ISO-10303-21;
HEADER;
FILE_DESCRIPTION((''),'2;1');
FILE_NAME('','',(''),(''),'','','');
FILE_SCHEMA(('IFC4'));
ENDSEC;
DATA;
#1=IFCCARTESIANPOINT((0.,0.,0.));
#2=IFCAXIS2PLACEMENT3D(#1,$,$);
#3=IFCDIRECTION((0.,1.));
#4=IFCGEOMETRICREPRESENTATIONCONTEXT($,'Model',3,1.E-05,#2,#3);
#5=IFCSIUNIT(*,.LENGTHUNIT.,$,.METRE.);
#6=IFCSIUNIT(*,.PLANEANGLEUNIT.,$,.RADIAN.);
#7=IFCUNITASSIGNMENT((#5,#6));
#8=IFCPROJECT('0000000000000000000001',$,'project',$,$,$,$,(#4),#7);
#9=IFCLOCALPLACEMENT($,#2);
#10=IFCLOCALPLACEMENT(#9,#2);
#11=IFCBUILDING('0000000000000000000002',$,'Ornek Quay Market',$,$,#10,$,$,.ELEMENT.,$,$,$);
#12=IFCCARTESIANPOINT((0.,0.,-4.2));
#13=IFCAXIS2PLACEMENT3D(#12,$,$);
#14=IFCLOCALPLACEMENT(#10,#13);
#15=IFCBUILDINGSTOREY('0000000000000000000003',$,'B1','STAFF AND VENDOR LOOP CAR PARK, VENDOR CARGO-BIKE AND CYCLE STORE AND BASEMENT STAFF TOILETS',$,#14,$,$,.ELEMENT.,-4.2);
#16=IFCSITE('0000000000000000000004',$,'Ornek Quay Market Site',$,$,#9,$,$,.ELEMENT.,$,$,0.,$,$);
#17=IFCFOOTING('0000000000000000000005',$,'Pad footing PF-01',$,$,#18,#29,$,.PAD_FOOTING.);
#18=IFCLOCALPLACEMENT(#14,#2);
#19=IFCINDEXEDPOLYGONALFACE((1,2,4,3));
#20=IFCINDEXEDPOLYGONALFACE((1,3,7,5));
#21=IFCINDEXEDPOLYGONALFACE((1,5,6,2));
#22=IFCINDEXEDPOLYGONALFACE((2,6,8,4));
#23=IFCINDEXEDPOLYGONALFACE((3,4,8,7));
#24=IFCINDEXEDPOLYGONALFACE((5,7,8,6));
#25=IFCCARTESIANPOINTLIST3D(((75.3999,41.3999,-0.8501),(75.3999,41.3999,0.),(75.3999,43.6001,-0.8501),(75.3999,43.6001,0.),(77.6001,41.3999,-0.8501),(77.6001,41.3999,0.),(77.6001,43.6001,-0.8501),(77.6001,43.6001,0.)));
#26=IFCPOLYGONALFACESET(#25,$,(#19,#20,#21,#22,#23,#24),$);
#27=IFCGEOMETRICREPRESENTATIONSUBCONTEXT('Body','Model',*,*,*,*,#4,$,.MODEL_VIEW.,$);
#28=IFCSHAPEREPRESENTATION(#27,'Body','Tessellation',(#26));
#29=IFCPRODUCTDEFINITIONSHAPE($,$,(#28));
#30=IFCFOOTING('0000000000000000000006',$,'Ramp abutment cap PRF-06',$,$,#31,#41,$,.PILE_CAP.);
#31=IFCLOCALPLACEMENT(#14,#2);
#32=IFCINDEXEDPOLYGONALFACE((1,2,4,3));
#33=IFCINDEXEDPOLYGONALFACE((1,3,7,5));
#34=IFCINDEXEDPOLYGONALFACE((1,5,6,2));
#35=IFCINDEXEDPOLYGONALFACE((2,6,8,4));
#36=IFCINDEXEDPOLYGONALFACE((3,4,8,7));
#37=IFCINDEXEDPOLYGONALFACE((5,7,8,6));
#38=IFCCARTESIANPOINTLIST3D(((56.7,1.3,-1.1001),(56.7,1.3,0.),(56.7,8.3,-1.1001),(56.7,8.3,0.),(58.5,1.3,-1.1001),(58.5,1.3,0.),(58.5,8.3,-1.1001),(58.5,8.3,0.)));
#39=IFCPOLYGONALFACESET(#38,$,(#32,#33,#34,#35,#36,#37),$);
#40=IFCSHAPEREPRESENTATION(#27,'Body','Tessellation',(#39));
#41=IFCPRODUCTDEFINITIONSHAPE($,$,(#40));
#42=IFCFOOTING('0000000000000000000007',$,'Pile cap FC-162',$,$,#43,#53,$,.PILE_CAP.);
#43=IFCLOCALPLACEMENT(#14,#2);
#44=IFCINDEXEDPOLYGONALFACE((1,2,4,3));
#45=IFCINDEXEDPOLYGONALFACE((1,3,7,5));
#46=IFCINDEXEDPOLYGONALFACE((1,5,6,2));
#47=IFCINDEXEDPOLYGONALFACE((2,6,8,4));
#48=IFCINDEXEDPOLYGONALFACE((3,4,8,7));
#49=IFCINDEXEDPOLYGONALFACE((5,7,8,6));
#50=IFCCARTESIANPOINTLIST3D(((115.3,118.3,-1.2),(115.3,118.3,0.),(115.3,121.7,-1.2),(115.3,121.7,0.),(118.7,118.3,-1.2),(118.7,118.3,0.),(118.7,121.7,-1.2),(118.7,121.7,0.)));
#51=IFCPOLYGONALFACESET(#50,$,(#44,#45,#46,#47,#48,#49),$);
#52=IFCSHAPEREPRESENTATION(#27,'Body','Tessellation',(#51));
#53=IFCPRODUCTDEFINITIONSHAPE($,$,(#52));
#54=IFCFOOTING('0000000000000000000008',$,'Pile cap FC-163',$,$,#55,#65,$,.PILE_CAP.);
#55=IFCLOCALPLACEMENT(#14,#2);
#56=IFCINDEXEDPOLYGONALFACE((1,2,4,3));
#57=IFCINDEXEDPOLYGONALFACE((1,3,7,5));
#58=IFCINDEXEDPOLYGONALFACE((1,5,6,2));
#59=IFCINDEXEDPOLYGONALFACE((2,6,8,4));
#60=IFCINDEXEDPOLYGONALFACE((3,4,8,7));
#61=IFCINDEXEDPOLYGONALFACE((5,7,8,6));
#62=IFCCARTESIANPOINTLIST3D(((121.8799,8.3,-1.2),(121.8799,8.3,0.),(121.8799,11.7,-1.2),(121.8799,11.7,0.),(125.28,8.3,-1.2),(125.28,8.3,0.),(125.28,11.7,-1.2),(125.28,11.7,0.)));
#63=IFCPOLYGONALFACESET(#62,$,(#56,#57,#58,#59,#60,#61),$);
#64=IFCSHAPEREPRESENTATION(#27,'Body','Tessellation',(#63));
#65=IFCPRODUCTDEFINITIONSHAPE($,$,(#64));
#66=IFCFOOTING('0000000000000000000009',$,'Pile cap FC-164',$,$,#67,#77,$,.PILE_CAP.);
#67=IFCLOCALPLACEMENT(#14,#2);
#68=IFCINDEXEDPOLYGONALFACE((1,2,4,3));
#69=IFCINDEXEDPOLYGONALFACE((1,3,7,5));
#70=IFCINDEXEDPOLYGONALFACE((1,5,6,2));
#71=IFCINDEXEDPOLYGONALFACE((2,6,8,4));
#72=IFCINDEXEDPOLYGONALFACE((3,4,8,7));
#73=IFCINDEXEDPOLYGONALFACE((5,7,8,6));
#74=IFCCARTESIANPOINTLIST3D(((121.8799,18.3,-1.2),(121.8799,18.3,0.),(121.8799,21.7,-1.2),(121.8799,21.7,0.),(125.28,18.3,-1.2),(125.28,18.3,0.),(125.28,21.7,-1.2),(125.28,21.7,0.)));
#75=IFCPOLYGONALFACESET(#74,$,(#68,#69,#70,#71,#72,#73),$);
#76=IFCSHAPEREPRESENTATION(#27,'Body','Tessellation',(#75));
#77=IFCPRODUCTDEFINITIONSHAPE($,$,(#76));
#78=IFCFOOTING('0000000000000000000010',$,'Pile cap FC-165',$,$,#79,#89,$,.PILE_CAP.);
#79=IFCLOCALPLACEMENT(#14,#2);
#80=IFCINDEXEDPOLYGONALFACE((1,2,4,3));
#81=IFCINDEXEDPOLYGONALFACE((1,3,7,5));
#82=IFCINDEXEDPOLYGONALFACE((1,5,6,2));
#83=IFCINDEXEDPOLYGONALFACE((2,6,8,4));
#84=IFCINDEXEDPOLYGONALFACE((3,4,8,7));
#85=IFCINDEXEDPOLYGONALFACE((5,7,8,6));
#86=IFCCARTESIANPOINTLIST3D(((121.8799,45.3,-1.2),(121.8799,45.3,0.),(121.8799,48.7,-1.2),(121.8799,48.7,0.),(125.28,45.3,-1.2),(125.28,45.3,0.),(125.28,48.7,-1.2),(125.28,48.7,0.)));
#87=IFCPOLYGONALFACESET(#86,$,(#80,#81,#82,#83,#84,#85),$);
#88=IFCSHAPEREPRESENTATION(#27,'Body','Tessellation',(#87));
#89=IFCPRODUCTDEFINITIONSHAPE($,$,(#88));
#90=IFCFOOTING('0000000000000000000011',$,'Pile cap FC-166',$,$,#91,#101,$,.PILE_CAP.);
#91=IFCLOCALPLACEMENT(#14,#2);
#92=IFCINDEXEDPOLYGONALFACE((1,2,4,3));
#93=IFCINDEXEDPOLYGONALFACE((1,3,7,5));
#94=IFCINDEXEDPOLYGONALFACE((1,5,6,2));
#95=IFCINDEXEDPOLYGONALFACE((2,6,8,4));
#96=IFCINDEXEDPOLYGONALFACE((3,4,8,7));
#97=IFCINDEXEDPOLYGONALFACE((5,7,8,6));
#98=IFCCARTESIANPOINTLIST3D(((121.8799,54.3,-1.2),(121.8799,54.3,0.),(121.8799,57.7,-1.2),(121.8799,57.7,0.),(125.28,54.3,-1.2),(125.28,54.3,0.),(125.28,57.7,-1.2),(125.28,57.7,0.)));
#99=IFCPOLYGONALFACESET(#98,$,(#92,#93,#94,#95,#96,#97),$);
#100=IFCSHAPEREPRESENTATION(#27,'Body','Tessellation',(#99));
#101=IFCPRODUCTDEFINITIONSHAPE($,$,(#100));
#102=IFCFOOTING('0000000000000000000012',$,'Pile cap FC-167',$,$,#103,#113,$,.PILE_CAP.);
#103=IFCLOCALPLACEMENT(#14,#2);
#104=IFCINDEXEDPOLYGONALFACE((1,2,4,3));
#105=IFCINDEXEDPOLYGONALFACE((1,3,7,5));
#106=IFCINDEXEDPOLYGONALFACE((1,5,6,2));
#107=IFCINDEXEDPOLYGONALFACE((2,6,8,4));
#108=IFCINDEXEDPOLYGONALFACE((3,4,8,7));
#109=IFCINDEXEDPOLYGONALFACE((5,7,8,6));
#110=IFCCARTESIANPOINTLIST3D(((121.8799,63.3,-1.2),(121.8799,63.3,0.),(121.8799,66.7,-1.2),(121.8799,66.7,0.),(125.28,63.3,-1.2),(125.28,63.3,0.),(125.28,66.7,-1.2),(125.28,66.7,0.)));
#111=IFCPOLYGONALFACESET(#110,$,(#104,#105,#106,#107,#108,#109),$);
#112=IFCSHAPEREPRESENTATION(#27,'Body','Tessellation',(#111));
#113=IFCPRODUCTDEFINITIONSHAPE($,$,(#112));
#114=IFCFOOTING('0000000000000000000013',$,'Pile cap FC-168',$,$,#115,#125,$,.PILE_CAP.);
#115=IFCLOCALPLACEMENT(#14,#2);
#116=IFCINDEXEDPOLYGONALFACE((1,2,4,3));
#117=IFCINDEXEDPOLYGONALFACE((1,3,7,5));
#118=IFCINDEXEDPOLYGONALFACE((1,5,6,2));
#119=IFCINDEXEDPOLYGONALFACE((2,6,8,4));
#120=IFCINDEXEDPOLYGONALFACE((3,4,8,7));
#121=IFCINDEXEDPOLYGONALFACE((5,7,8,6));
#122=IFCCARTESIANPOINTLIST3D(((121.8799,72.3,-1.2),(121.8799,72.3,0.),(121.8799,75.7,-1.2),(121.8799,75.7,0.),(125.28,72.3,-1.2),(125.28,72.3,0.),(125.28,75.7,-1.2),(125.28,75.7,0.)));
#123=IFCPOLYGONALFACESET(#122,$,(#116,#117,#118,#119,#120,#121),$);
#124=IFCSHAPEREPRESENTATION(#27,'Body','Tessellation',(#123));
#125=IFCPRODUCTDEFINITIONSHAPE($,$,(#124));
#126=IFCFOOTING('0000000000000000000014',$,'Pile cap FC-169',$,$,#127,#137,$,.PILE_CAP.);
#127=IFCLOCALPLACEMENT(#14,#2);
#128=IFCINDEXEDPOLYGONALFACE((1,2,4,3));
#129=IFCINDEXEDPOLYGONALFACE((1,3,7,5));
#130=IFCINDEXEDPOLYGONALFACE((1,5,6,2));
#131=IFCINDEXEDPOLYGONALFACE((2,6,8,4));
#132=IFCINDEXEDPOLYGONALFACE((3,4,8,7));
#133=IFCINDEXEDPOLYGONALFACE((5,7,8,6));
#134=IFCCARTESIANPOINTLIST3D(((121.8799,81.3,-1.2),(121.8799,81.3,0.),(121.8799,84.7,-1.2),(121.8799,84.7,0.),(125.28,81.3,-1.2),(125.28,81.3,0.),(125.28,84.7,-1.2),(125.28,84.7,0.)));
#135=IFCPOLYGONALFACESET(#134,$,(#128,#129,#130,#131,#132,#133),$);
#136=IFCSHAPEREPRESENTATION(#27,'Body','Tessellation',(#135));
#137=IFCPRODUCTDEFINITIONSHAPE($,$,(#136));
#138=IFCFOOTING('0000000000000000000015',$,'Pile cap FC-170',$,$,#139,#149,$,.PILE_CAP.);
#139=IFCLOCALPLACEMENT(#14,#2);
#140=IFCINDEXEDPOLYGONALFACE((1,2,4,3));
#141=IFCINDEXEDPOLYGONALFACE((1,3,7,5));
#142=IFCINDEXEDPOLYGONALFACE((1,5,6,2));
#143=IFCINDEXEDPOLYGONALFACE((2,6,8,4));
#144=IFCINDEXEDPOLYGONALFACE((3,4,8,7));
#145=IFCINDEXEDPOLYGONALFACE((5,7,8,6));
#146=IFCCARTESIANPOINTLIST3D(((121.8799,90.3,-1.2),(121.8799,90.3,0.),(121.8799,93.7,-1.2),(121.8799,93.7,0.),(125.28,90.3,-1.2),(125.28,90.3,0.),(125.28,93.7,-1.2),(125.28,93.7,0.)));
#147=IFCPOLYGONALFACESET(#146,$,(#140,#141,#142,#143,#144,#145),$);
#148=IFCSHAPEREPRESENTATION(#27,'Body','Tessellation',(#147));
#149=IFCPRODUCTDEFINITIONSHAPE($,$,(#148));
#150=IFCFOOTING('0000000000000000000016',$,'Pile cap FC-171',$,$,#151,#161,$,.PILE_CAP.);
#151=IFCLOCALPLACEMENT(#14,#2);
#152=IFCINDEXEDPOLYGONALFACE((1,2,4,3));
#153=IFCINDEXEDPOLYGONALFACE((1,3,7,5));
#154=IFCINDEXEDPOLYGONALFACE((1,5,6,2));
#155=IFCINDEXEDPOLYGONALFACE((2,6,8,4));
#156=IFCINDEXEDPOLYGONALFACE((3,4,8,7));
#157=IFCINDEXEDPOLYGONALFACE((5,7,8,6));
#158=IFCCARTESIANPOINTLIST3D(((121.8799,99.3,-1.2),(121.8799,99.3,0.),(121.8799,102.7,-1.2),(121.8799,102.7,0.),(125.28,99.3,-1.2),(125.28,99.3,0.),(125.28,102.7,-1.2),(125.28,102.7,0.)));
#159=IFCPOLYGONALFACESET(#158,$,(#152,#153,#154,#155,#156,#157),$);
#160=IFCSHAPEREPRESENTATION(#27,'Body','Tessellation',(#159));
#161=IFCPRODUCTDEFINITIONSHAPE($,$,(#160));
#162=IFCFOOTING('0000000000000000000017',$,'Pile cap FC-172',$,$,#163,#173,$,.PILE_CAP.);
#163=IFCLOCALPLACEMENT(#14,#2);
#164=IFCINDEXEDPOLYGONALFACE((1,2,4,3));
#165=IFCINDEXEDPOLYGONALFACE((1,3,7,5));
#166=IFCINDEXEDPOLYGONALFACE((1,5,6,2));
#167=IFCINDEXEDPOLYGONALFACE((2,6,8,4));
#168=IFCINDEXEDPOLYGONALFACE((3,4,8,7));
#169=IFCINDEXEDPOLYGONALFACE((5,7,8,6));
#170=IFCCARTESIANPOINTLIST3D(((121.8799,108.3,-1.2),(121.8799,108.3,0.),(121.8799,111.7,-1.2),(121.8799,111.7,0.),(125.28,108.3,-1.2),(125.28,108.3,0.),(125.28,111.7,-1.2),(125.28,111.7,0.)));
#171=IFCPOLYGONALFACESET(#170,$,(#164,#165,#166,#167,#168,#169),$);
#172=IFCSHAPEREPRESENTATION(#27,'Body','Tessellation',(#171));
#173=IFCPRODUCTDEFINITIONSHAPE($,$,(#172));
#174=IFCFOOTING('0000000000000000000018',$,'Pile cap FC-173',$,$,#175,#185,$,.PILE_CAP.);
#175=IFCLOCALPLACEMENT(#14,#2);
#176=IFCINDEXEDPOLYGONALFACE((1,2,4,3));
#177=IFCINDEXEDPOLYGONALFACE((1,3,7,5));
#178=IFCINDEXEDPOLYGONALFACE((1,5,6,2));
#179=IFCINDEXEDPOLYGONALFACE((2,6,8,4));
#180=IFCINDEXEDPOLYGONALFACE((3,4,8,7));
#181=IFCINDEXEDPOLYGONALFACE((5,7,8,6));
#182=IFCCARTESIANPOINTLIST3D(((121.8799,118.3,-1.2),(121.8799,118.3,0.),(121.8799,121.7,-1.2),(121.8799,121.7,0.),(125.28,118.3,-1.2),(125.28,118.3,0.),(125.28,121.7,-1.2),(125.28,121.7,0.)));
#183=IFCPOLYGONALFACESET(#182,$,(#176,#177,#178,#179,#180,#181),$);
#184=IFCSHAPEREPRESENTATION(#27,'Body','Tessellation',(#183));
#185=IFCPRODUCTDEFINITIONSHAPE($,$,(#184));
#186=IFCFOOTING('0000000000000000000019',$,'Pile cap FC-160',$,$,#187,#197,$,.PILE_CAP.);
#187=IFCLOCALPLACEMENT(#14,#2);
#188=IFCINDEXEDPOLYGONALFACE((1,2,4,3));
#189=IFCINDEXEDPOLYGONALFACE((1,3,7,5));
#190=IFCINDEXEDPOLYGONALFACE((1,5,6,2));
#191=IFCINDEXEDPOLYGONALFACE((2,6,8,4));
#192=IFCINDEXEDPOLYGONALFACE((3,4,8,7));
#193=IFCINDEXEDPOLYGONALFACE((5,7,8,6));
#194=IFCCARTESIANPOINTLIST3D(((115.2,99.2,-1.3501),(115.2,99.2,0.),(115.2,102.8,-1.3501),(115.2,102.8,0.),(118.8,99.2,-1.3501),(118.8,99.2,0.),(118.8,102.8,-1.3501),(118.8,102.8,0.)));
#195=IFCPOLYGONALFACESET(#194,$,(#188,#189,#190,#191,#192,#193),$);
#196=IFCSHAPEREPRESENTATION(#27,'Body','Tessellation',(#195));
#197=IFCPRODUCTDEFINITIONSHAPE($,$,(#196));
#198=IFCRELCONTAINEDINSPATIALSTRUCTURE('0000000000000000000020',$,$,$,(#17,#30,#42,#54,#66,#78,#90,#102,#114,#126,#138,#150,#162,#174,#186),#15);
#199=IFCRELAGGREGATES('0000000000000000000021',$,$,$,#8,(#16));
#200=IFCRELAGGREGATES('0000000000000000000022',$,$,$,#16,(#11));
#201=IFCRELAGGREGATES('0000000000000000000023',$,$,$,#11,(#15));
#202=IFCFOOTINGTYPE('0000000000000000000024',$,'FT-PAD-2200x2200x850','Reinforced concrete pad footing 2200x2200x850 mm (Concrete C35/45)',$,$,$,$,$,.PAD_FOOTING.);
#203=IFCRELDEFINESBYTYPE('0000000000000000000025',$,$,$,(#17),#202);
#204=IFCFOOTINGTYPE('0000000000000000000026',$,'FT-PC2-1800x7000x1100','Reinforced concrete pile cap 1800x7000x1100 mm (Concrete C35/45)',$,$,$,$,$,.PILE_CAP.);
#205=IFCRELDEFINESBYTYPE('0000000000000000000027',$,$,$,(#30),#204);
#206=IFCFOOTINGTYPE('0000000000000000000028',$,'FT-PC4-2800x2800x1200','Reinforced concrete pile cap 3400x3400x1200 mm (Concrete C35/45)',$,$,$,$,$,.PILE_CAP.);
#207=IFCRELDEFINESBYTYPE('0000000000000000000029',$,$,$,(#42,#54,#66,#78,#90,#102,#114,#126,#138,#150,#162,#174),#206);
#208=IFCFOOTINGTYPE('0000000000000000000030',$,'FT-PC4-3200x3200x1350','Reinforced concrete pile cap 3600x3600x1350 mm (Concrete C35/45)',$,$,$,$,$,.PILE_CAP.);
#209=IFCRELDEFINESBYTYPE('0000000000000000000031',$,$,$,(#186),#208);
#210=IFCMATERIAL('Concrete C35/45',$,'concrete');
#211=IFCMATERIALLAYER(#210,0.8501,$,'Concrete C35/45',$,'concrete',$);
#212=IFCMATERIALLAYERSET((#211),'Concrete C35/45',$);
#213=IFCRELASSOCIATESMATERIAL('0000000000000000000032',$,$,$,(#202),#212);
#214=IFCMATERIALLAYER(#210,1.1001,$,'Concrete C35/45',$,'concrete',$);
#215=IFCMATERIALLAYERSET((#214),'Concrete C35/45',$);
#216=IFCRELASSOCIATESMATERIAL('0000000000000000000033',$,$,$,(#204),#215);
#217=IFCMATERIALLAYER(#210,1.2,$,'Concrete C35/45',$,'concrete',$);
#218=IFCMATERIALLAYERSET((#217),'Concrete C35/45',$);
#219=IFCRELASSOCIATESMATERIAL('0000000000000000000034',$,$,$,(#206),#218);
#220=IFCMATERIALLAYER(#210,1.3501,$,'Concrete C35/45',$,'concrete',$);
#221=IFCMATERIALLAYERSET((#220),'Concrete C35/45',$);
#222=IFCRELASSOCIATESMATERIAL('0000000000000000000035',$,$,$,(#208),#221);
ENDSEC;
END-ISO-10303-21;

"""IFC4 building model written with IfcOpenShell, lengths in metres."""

from ifc_helpers import new_model, si_unit, direction, frame, origin, place, context, subcontext, project, spatial, polyline, outline, extrude, material, layer, layer_set, type_object, element, save


model = new_model("IFC4")

# Units and contexts
model_context = context("Model", 3, precision=1e-05, world=origin(), true_north=direction((0.0, 1.0)))
body_context = subcontext(model_context, "Body", "Model", "MODEL_VIEW")
ifc_project = project(units=[si_unit("LENGTHUNIT", "METRE"), si_unit("PLANEANGLEUNIT", "RADIAN")], contexts=[model_context])

# Site, building, storey
site_placement = place(None, origin())
site = spatial("IfcSite", under=ifc_project, at=site_placement, Name="Ornek Quay Market Site", CompositionType="ELEMENT", RefElevation=0.0)
building_placement = place(site_placement, origin())
building = spatial("IfcBuilding", under=site, at=building_placement, Name="Ornek Quay Market", CompositionType="ELEMENT")
storey_placement = place(building_placement, frame((0.0, 0.0, -4.2)))
storey = spatial("IfcBuildingStorey", under=building, at=storey_placement, Name="B1", Description="STAFF AND VENDOR LOOP CAR PARK, VENDOR CARGO-BIKE AND CYCLE STORE AND BASEMENT STAFF TOILETS", CompositionType="ELEMENT", Elevation=-4.2)

# Footings
ifc_material = material(Name="Concrete C35/45", Category="concrete")
ifc_layer_1 = layer(ifc_material, 0.8501, Name="Concrete C35/45", Category="concrete")
ifc_layer_set_1 = layer_set([ifc_layer_1], Name="Concrete C35/45")
footing_type_1 = type_object("IfcFootingType", Name="FT-PAD-2200x2200x850", Description="Reinforced concrete pad footing 2200x2200x850 mm (Concrete C35/45)", PredefinedType="PAD_FOOTING", material=ifc_layer_set_1)
footing_1_placement = place(storey_placement, frame((0.0, 0.0, -0.8501)))
element("IfcFooting", 1, at=footing_1_placement, inside=storey, type_object=footing_type_1, Name="Pad footing PF-01", PredefinedType="PAD_FOOTING", context=body_context, shape_type="SweptSolid", body=[
    extrude(outline(polyline([(75.3999, 41.3999), (77.6001, 41.3999), (77.6001, 43.6001), (75.3999, 43.6001), (75.3999, 41.3999)])), origin(), (0.0, 0.0, 1.0), 0.8501),
])
ifc_layer_2 = layer(ifc_material, 1.1001, Name="Concrete C35/45", Category="concrete")
ifc_layer_set_2 = layer_set([ifc_layer_2], Name="Concrete C35/45")
footing_type_2 = type_object("IfcFootingType", Name="FT-PC2-1800x7000x1100", Description="Reinforced concrete pile cap 1800x7000x1100 mm (Concrete C35/45)", PredefinedType="PILE_CAP", material=ifc_layer_set_2)
footing_2_placement = place(storey_placement, frame((0.0, 0.0, -1.1001)))
element("IfcFooting", 2, at=footing_2_placement, inside=storey, type_object=footing_type_2, Name="Ramp abutment cap PRF-06", PredefinedType="PILE_CAP", context=body_context, shape_type="SweptSolid", body=[
    extrude(outline(polyline([(56.7, 1.3), (58.5, 1.3), (58.5, 8.3), (56.7, 8.3), (56.7, 1.3)])), origin(), (0.0, 0.0, 1.0), 1.1001),
])
ifc_layer_3 = layer(ifc_material, 1.2, Name="Concrete C35/45", Category="concrete")
ifc_layer_set_3 = layer_set([ifc_layer_3], Name="Concrete C35/45")
footing_type_3 = type_object("IfcFootingType", Name="FT-PC4-2800x2800x1200", Description="Reinforced concrete pile cap 3400x3400x1200 mm (Concrete C35/45)", PredefinedType="PILE_CAP", material=ifc_layer_set_3)
footing_3_placement = place(storey_placement, frame((0.0, 0.0, -1.2)))
element("IfcFooting", 3, at=footing_3_placement, inside=storey, type_object=footing_type_3, Name="Pile cap FC-162", PredefinedType="PILE_CAP", context=body_context, shape_type="SweptSolid", body=[
    extrude(outline(polyline([(115.3, 118.3), (118.7, 118.3), (118.7, 121.7), (115.3, 121.7), (115.3, 118.3)])), origin(), (0.0, 0.0, 1.0), 1.2),
])
footing_4_placement = place(storey_placement, frame((0.0, 0.0, -1.2)))
element("IfcFooting", 4, at=footing_4_placement, inside=storey, type_object=footing_type_3, Name="Pile cap FC-163", PredefinedType="PILE_CAP", context=body_context, shape_type="SweptSolid", body=[
    extrude(outline(polyline([(121.8799, 8.3), (125.28, 8.3), (125.28, 11.7), (121.8799, 11.7), (121.8799, 8.3)])), origin(), (0.0, 0.0, 1.0), 1.2),
])
footing_5_placement = place(storey_placement, frame((0.0, 0.0, -1.2)))
element("IfcFooting", 5, at=footing_5_placement, inside=storey, type_object=footing_type_3, Name="Pile cap FC-164", PredefinedType="PILE_CAP", context=body_context, shape_type="SweptSolid", body=[
    extrude(outline(polyline([(121.8799, 18.3), (125.28, 18.3), (125.28, 21.7), (121.8799, 21.7), (121.8799, 18.3)])), origin(), (0.0, 0.0, 1.0), 1.2),
])
footing_6_placement = place(storey_placement, frame((0.0, 0.0, -1.2)))
element("IfcFooting", 6, at=footing_6_placement, inside=storey, type_object=footing_type_3, Name="Pile cap FC-165", PredefinedType="PILE_CAP", context=body_context, shape_type="SweptSolid", body=[
    extrude(outline(polyline([(121.8799, 45.3), (125.28, 45.3), (125.28, 48.7), (121.8799, 48.7), (121.8799, 45.3)])), origin(), (0.0, 0.0, 1.0), 1.2),
])
footing_7_placement = place(storey_placement, frame((0.0, 0.0, -1.2)))
element("IfcFooting", 7, at=footing_7_placement, inside=storey, type_object=footing_type_3, Name="Pile cap FC-166", PredefinedType="PILE_CAP", context=body_context, shape_type="SweptSolid", body=[
    extrude(outline(polyline([(121.8799, 54.3), (125.28, 54.3), (125.28, 57.7), (121.8799, 57.7), (121.8799, 54.3)])), origin(), (0.0, 0.0, 1.0), 1.2),
])
footing_8_placement = place(storey_placement, frame((0.0, 0.0, -1.2)))
element("IfcFooting", 8, at=footing_8_placement, inside=storey, type_object=footing_type_3, Name="Pile cap FC-167", PredefinedType="PILE_CAP", context=body_context, shape_type="SweptSolid", body=[
    extrude(outline(polyline([(121.8799, 63.3), (125.28, 63.3), (125.28, 66.7), (121.8799, 66.7), (121.8799, 63.3)])), origin(), (0.0, 0.0, 1.0), 1.2),
])
footing_9_placement = place(storey_placement, frame((0.0, 0.0, -1.2)))
element("IfcFooting", 9, at=footing_9_placement, inside=storey, type_object=footing_type_3, Name="Pile cap FC-168", PredefinedType="PILE_CAP", context=body_context, shape_type="SweptSolid", body=[
    extrude(outline(polyline([(121.8799, 72.3), (125.28, 72.3), (125.28, 75.7), (121.8799, 75.7), (121.8799, 72.3)])), origin(), (0.0, 0.0, 1.0), 1.2),
])
footing_10_placement = place(storey_placement, frame((0.0, 0.0, -1.2)))
element("IfcFooting", 10, at=footing_10_placement, inside=storey, type_object=footing_type_3, Name="Pile cap FC-169", PredefinedType="PILE_CAP", context=body_context, shape_type="SweptSolid", body=[
    extrude(outline(polyline([(121.8799, 81.3), (125.28, 81.3), (125.28, 84.7), (121.8799, 84.7), (121.8799, 81.3)])), origin(), (0.0, 0.0, 1.0), 1.2),
])
footing_11_placement = place(storey_placement, frame((0.0, 0.0, -1.2)))
element("IfcFooting", 11, at=footing_11_placement, inside=storey, type_object=footing_type_3, Name="Pile cap FC-170", PredefinedType="PILE_CAP", context=body_context, shape_type="SweptSolid", body=[
    extrude(outline(polyline([(121.8799, 90.3), (125.28, 90.3), (125.28, 93.7), (121.8799, 93.7), (121.8799, 90.3)])), origin(), (0.0, 0.0, 1.0), 1.2),
])
footing_12_placement = place(storey_placement, frame((0.0, 0.0, -1.2)))
element("IfcFooting", 12, at=footing_12_placement, inside=storey, type_object=footing_type_3, Name="Pile cap FC-171", PredefinedType="PILE_CAP", context=body_context, shape_type="SweptSolid", body=[
    extrude(outline(polyline([(121.8799, 99.3), (125.28, 99.3), (125.28, 102.7), (121.8799, 102.7), (121.8799, 99.3)])), origin(), (0.0, 0.0, 1.0), 1.2),
])
footing_13_placement = place(storey_placement, frame((0.0, 0.0, -1.2)))
element("IfcFooting", 13, at=footing_13_placement, inside=storey, type_object=footing_type_3, Name="Pile cap FC-172", PredefinedType="PILE_CAP", context=body_context, shape_type="SweptSolid", body=[
    extrude(outline(polyline([(121.8799, 108.3), (125.28, 108.3), (125.28, 111.7), (121.8799, 111.7), (121.8799, 108.3)])), origin(), (0.0, 0.0, 1.0), 1.2),
])
footing_14_placement = place(storey_placement, frame((0.0, 0.0, -1.2)))
element("IfcFooting", 14, at=footing_14_placement, inside=storey, type_object=footing_type_3, Name="Pile cap FC-173", PredefinedType="PILE_CAP", context=body_context, shape_type="SweptSolid", body=[
    extrude(outline(polyline([(121.8799, 118.3), (125.28, 118.3), (125.28, 121.7), (121.8799, 121.7), (121.8799, 118.3)])), origin(), (0.0, 0.0, 1.0), 1.2),
])
ifc_layer_4 = layer(ifc_material, 1.3501, Name="Concrete C35/45", Category="concrete")
ifc_layer_set_4 = layer_set([ifc_layer_4], Name="Concrete C35/45")
footing_type_4 = type_object("IfcFootingType", Name="FT-PC4-3200x3200x1350", Description="Reinforced concrete pile cap 3600x3600x1350 mm (Concrete C35/45)", PredefinedType="PILE_CAP", material=ifc_layer_set_4)
footing_15_placement = place(storey_placement, frame((0.0, 0.0, -1.3501)))
element("IfcFooting", 15, at=footing_15_placement, inside=storey, type_object=footing_type_4, Name="Pile cap FC-160", PredefinedType="PILE_CAP", context=body_context, shape_type="SweptSolid", body=[
    extrude(outline(polyline([(115.2, 99.2), (118.8, 99.2), (118.8, 102.8), (115.2, 102.8), (115.2, 99.2)])), origin(), (0.0, 0.0, 1.0), 1.3501),
])

save(model, "model.ifc")
